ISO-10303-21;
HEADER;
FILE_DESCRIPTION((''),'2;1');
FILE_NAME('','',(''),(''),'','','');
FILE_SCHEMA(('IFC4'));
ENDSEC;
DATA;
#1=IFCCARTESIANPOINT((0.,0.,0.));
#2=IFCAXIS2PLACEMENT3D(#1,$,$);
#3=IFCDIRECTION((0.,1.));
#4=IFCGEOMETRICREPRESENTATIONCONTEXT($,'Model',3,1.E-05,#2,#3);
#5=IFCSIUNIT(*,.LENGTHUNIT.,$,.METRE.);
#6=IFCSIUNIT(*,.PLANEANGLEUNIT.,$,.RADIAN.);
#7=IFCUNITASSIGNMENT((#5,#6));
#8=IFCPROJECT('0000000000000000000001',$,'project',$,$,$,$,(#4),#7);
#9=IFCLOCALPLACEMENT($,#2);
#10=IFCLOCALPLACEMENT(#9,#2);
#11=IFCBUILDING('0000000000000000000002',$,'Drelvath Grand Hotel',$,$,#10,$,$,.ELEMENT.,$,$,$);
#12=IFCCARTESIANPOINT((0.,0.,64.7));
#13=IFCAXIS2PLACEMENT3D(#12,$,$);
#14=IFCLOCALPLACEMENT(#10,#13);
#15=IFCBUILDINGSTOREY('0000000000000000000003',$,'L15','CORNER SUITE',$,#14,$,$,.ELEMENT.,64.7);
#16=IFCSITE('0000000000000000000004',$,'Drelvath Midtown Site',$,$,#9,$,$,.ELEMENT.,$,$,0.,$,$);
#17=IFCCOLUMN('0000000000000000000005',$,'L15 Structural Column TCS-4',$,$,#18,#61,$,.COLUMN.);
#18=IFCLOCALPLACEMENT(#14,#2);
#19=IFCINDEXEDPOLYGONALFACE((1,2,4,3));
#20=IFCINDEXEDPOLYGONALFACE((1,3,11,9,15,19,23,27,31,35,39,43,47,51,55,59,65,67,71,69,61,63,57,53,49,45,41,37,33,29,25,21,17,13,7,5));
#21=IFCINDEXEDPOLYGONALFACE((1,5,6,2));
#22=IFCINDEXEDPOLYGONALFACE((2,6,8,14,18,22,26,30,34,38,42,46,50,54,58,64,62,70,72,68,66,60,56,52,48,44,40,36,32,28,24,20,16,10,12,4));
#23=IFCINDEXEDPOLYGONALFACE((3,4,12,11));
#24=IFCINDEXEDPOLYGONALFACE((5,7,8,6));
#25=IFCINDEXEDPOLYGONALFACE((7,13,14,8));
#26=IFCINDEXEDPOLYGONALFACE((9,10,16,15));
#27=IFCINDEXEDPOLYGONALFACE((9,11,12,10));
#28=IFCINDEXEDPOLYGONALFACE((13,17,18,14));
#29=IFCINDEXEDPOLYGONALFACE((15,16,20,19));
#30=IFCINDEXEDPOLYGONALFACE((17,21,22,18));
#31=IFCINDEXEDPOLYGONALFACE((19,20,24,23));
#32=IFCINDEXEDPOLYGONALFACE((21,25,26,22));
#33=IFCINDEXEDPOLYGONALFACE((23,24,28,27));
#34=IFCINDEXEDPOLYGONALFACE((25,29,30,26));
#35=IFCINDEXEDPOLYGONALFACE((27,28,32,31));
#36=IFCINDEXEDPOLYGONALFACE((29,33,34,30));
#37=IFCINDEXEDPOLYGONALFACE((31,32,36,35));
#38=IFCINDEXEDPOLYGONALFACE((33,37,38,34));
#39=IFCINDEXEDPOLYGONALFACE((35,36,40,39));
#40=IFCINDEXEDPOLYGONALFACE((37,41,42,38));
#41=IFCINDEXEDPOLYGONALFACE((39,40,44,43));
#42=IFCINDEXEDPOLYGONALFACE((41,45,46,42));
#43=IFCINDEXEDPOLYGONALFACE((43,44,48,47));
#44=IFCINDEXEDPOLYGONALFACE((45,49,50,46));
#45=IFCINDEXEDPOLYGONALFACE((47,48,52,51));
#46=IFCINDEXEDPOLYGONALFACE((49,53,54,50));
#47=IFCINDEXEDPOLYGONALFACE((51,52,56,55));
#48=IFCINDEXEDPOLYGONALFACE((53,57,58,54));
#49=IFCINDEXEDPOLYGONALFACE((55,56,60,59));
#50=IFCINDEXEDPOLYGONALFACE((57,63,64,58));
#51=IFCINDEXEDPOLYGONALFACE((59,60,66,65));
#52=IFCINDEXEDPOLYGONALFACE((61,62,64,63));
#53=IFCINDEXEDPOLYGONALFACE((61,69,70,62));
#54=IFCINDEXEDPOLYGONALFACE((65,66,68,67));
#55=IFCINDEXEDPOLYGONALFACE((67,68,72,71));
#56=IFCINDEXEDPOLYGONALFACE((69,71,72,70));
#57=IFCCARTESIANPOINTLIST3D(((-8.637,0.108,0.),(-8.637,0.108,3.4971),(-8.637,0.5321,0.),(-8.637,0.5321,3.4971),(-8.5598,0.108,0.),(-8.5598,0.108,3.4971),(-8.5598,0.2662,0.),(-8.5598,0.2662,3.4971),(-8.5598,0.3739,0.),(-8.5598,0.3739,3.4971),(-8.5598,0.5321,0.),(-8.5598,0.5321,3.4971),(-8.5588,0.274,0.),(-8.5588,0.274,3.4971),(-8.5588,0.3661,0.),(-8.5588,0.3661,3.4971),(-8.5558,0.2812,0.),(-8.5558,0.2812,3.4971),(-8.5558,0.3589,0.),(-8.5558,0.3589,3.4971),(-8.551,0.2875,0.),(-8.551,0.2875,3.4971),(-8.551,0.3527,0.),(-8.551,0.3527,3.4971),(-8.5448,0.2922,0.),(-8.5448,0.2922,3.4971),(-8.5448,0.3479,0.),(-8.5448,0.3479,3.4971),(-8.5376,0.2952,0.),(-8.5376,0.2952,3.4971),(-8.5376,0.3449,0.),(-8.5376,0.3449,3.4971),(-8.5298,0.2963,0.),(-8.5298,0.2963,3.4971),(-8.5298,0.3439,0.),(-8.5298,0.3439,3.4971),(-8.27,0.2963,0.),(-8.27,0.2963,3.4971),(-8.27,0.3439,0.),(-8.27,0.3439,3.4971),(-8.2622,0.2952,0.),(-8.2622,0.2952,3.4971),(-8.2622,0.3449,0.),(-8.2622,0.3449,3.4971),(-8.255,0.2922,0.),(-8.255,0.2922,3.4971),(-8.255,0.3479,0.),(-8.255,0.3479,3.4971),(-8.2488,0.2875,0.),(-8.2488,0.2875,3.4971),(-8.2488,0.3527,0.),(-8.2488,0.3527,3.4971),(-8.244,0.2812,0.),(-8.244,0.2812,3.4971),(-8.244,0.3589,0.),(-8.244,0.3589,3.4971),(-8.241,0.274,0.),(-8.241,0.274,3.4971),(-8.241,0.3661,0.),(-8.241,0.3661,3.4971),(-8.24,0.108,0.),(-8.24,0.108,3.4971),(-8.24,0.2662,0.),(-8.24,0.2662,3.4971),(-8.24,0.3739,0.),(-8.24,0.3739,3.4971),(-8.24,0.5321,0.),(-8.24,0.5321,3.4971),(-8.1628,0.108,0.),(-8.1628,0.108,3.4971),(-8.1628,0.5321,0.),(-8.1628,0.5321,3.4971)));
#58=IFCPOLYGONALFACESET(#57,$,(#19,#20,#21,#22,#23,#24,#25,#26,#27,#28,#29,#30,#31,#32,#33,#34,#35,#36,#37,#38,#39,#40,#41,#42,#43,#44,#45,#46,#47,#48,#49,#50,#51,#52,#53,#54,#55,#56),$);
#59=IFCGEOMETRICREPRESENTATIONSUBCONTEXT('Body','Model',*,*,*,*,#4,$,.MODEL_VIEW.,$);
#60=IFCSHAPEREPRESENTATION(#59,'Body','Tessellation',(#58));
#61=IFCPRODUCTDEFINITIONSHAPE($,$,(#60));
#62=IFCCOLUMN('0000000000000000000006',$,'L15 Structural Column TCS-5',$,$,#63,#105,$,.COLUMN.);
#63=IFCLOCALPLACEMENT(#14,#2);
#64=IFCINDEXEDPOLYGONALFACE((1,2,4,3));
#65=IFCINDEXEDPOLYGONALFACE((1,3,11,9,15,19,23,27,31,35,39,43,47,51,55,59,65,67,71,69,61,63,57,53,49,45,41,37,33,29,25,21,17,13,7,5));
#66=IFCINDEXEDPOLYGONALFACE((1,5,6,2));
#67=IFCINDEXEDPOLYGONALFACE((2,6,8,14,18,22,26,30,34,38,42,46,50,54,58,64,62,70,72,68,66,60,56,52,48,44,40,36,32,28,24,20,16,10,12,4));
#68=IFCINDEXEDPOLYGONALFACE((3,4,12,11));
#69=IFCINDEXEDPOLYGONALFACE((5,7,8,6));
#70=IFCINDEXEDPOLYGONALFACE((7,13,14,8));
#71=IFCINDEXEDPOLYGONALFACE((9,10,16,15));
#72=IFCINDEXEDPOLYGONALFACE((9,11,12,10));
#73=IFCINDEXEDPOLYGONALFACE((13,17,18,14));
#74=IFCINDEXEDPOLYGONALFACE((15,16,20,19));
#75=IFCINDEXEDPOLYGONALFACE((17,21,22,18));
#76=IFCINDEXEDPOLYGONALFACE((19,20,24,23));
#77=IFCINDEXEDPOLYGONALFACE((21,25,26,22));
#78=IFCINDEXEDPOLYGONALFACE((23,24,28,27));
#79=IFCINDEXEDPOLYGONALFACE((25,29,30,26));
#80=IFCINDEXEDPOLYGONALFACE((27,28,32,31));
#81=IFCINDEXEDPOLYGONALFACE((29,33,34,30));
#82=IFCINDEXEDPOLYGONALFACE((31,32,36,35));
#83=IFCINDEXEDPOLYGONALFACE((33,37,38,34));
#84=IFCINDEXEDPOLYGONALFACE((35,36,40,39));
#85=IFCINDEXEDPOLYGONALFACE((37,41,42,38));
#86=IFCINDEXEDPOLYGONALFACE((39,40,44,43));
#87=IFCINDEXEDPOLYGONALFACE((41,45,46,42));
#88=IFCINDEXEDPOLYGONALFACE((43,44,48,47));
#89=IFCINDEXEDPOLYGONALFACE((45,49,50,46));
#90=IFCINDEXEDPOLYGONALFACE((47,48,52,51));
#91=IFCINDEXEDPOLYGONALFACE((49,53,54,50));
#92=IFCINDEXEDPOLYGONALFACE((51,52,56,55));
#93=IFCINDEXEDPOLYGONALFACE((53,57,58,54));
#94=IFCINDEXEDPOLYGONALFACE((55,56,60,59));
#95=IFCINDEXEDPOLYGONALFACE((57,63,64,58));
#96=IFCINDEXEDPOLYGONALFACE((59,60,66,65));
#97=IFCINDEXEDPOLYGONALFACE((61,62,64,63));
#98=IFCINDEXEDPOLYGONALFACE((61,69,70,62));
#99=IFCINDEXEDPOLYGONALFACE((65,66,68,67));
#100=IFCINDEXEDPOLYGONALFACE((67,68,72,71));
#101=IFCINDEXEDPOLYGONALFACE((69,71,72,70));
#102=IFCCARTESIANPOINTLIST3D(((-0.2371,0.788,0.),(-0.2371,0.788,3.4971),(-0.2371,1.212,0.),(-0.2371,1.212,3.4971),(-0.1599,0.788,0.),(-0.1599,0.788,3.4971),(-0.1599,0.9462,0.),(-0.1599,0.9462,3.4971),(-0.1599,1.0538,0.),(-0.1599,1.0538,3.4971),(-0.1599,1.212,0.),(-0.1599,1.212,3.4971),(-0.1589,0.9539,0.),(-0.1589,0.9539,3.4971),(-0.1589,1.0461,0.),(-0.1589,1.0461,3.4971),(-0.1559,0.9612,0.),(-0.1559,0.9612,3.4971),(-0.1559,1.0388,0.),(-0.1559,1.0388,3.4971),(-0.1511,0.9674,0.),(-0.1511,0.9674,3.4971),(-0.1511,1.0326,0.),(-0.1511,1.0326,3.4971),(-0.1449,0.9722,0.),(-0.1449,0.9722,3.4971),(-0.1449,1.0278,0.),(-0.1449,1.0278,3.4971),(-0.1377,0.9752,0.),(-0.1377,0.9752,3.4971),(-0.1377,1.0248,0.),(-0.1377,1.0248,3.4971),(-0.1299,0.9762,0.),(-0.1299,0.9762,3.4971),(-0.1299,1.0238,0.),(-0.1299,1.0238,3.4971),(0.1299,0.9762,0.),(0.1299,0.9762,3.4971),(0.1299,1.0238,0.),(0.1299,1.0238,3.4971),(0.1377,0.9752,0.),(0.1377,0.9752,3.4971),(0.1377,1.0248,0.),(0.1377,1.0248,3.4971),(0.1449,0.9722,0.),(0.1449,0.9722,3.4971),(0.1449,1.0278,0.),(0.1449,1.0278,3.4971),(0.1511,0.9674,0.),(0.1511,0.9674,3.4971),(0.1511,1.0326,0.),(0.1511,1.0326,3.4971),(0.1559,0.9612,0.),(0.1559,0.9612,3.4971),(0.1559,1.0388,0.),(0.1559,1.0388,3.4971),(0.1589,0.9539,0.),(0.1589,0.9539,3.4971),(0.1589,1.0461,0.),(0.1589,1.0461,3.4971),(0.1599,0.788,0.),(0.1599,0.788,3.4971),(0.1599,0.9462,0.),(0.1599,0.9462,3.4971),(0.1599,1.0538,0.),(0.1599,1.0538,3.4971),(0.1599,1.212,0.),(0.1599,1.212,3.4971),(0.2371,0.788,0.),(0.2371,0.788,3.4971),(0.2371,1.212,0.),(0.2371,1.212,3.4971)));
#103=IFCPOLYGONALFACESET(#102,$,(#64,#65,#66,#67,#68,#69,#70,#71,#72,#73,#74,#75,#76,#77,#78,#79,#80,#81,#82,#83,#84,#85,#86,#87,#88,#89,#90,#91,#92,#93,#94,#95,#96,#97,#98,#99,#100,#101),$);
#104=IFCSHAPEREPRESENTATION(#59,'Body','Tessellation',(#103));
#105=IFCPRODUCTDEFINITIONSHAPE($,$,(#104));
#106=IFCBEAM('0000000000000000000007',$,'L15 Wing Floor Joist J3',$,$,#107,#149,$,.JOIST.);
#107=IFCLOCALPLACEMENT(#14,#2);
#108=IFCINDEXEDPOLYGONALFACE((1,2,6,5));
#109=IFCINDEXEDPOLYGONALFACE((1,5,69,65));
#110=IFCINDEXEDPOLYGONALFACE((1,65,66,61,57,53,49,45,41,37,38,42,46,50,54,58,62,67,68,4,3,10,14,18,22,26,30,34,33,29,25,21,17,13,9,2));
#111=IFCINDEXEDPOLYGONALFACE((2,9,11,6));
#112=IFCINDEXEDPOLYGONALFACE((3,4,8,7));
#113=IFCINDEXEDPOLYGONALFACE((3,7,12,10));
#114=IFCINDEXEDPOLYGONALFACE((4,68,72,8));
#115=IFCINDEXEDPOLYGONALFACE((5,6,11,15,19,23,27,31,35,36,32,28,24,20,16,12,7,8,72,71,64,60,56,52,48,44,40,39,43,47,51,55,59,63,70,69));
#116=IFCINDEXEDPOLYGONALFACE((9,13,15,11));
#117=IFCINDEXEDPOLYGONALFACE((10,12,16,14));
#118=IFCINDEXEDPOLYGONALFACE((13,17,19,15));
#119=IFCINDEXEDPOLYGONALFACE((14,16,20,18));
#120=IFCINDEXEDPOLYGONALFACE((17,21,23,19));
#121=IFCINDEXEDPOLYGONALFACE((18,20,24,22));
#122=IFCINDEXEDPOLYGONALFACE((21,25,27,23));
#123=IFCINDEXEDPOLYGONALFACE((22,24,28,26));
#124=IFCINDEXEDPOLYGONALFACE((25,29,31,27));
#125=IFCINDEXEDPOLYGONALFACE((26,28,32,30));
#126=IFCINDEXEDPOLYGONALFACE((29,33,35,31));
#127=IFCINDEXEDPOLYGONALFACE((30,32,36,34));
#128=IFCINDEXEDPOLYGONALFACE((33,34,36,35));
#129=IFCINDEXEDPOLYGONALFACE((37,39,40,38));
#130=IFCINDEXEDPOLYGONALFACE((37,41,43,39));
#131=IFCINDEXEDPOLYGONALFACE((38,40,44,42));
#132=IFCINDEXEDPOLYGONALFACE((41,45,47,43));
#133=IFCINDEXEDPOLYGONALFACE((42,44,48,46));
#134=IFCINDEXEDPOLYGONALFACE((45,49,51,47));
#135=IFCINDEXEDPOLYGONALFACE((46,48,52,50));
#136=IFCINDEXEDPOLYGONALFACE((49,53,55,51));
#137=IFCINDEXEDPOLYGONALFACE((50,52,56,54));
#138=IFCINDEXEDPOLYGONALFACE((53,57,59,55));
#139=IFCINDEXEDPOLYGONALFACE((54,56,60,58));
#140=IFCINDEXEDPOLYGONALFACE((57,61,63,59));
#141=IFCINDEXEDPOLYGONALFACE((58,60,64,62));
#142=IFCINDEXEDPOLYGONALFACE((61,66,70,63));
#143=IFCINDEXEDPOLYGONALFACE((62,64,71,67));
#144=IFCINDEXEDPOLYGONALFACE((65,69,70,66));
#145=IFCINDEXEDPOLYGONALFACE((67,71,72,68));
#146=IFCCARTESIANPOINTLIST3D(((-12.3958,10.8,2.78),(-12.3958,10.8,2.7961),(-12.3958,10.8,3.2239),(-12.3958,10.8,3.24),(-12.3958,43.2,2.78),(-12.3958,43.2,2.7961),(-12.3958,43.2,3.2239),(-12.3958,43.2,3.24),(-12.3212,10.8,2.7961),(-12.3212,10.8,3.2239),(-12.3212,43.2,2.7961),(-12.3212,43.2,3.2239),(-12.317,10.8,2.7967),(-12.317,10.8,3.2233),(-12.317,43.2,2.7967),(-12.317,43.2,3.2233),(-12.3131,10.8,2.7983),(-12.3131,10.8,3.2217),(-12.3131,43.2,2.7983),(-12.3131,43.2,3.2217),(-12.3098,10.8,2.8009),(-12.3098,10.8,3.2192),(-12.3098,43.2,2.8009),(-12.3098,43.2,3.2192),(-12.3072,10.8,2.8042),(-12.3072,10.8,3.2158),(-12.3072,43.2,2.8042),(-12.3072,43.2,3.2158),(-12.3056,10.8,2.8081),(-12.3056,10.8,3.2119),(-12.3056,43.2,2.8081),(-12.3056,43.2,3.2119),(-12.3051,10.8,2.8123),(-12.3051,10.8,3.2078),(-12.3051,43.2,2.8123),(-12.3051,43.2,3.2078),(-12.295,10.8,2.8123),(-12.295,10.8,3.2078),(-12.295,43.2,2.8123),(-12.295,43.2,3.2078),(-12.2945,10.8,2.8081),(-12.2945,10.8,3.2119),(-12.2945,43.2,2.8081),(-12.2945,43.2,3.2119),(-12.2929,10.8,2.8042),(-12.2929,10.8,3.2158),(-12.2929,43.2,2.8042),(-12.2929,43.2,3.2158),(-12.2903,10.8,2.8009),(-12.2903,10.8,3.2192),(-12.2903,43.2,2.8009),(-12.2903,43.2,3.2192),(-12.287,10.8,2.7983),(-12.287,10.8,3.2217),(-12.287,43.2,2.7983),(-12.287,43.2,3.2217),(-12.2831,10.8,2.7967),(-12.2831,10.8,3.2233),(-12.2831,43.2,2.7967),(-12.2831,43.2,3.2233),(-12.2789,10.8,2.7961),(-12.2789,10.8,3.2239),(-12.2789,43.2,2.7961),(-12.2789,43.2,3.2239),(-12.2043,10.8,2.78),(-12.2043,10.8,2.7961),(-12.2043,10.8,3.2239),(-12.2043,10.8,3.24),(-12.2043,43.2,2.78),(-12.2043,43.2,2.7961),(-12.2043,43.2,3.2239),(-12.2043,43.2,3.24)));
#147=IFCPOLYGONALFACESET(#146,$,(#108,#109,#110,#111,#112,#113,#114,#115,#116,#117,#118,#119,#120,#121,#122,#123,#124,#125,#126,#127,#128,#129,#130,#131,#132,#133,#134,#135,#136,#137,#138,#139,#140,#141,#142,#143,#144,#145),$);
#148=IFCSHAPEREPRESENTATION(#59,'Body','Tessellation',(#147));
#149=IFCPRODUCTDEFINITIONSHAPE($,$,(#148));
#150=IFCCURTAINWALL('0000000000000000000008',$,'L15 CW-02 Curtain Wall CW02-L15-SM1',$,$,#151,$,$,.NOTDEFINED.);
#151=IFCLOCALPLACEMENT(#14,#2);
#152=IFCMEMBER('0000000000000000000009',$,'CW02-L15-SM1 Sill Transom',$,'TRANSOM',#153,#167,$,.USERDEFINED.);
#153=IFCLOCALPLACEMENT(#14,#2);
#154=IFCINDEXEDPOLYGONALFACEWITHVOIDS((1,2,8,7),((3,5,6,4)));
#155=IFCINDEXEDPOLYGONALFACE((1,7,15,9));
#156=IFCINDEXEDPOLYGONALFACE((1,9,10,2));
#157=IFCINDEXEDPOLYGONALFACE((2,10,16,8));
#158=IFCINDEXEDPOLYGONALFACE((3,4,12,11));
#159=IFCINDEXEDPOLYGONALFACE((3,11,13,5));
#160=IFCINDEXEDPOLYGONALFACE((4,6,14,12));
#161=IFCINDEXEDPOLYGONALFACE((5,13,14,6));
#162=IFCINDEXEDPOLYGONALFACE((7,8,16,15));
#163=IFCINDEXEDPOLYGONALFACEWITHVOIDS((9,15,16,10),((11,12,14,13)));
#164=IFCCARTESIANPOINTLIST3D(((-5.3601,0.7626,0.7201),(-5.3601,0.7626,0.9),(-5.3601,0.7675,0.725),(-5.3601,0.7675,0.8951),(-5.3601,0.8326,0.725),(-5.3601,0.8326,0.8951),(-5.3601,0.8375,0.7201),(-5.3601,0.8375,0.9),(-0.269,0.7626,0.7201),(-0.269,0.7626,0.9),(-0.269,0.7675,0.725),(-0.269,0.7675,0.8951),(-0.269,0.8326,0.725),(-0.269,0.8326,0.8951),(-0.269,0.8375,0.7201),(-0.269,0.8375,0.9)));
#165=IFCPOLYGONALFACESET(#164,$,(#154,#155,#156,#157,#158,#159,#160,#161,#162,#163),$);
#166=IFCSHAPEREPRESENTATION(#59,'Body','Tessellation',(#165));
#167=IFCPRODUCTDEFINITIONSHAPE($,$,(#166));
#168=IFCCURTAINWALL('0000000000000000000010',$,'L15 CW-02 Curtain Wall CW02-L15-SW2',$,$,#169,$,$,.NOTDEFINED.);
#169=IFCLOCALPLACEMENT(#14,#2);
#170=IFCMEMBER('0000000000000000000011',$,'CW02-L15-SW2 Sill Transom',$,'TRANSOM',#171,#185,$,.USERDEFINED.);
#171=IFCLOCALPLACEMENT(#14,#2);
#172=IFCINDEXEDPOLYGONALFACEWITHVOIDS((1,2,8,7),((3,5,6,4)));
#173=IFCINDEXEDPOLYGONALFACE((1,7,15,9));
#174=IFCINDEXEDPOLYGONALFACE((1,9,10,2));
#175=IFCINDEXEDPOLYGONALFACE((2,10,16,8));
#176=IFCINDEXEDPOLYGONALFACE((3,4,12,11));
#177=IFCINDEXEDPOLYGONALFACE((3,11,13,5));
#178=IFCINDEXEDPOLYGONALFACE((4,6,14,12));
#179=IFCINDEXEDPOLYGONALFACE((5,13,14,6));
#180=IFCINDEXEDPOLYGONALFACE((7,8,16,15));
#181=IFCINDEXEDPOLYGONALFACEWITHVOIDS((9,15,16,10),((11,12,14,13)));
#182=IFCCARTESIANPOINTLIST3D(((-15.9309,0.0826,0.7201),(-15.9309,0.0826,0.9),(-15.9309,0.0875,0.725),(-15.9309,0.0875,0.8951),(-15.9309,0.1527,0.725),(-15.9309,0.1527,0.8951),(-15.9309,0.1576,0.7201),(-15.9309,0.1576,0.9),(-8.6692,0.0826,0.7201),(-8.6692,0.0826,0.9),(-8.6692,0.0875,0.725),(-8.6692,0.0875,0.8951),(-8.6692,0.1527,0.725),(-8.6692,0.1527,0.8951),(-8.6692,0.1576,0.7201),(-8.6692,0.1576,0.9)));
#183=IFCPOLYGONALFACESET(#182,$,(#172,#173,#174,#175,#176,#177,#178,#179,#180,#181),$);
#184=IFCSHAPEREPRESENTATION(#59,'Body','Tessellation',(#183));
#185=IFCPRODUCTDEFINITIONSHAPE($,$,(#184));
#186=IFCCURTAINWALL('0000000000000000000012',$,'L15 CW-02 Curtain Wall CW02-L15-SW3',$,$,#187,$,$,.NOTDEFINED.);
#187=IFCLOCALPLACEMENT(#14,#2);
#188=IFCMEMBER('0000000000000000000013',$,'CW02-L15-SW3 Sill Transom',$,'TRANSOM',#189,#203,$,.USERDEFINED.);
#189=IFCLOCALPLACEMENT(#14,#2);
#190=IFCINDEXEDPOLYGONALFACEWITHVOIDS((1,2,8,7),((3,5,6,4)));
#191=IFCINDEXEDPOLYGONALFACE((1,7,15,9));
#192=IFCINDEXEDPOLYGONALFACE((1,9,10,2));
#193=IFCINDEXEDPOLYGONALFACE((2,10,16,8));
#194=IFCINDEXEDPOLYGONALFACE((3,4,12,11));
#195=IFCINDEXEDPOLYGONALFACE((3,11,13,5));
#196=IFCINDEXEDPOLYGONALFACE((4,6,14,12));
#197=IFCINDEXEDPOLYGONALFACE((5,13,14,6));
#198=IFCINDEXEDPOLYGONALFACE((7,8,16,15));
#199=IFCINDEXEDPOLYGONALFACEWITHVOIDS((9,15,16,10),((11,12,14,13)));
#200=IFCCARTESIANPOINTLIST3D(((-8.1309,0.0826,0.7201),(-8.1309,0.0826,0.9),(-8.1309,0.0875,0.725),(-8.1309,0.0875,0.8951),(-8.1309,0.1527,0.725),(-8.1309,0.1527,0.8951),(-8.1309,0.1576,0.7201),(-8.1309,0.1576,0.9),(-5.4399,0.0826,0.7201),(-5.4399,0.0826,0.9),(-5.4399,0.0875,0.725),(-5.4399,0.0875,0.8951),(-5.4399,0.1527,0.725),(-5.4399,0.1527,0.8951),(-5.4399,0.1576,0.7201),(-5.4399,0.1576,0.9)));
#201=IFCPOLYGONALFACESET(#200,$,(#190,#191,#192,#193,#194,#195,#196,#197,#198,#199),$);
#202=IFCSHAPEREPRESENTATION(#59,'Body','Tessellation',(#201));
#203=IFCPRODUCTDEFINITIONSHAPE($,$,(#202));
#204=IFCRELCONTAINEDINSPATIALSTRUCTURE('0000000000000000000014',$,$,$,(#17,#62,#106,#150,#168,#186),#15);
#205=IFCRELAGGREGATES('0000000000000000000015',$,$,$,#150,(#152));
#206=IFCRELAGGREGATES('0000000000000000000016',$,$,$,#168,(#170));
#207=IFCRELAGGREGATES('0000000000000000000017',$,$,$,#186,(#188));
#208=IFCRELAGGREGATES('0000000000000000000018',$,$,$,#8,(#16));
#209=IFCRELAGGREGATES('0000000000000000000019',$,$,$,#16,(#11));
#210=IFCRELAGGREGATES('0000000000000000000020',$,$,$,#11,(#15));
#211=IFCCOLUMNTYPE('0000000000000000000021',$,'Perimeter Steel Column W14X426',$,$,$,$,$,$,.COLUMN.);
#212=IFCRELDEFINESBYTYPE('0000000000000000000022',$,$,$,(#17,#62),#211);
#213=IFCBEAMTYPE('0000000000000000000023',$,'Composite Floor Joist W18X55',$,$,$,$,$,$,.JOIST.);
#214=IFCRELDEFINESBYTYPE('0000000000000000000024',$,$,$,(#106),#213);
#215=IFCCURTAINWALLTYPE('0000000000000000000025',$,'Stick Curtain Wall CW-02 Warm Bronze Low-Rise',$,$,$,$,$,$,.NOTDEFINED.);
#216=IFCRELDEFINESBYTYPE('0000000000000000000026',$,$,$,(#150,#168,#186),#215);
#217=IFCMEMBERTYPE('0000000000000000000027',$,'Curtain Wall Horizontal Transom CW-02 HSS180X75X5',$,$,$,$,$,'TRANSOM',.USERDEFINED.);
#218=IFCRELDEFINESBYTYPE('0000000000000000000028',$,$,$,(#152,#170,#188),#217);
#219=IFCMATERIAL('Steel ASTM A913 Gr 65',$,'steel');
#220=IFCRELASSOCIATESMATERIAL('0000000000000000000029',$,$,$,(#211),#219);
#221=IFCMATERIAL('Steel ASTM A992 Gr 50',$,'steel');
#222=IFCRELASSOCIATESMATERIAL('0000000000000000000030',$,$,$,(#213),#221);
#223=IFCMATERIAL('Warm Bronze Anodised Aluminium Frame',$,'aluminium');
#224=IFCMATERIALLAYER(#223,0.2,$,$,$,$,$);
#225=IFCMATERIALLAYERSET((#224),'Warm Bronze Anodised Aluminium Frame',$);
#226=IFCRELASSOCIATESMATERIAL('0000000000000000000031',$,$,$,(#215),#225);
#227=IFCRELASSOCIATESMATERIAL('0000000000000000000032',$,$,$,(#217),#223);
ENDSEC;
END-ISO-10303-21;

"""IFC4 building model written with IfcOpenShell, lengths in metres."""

from ifc_helpers import new_model, si_unit, direction, frame, origin, origin_2d, place, context, subcontext, project, spatial, hollow_rectangle, i_section, extrude, material, layer, layer_set, material_profile, profile_set, type_object, element, aggregate, save


model = new_model("IFC4")

# Units and contexts
model_context = context("Model", 3, precision=1e-05, world=origin(), true_north=direction((0.0, 1.0)))
body_context = subcontext(model_context, "Body", "Model", "MODEL_VIEW")
ifc_project = project(units=[si_unit("LENGTHUNIT", "METRE"), si_unit("PLANEANGLEUNIT", "RADIAN")], contexts=[model_context])

# Site, building, storey
site_placement = place(None, origin())
site = spatial("IfcSite", under=ifc_project, at=site_placement, Name="Drelvath Midtown Site", CompositionType="ELEMENT", RefElevation=0.0)
building_placement = place(site_placement, origin())
building = spatial("IfcBuilding", under=site, at=building_placement, Name="Drelvath Grand Hotel", CompositionType="ELEMENT")
storey_placement = place(building_placement, frame((0.0, 0.0, 64.7)))
storey = spatial("IfcBuildingStorey", under=building, at=storey_placement, Name="L15", Description="CORNER SUITE", CompositionType="ELEMENT", Elevation=64.7)

# Columns
ifc_material_1 = material(Name="Steel ASTM A913 Gr 65", Category="steel")
ifc_material_profile_1 = material_profile(ifc_material_1, i_section(OverallWidth=0.4241, OverallDepth=0.4741, WebThickness=0.0476, FlangeThickness=0.0771, FilletRadius=0.03, at=origin_2d()), Name="W14X426")
ifc_profile_set_1 = profile_set([ifc_material_profile_1], Name="Steel ASTM A913 Gr 65")
column_type = type_object("IfcColumnType", Name="Perimeter Steel Column W14X426", PredefinedType="COLUMN", material=ifc_profile_set_1)
for number, where, z_axis, x_axis, name in (
    (1, (-8.3999, 0.3201, 0.0), (0.0, 0.0, 1.0), (0.0, 1.0, 0.0), "L15 Structural Column TCS-4"),
    (2, (0.0, 1.0, 0.0), (0.0, 0.0, 1.0), (0.0, 1.0, 0.0), "L15 Structural Column TCS-5"),
):
    element("IfcColumn", number, at=place(storey_placement, frame(where, z_axis=z_axis, x_axis=x_axis)), inside=storey, type_object=column_type, Name=name, PredefinedType="COLUMN", context=body_context, shape_type="SweptSolid", body=[
        extrude(i_section(OverallWidth=0.4241, OverallDepth=0.4741, WebThickness=0.0476, FlangeThickness=0.0771, FilletRadius=0.03, at=origin_2d()), origin(), (0.0, 0.0, 1.0), 3.4971),
    ])

# Beam
ifc_material_2 = material(Name="Steel ASTM A992 Gr 50", Category="steel")
ifc_material_profile_2 = material_profile(ifc_material_2, i_section(OverallWidth=0.1914, OverallDepth=0.46, WebThickness=0.01, FlangeThickness=0.0161, FilletRadius=0.0161, at=origin_2d()), Name="W18X55")
ifc_profile_set_2 = profile_set([ifc_material_profile_2], Name="Steel ASTM A992 Gr 50")
beam_type_1 = type_object("IfcBeamType", Name="Composite Floor Joist W18X55", PredefinedType="JOIST", material=ifc_profile_set_2)
beam_1_placement = place(storey_placement, frame((-12.3, 10.8, 3.01), z_axis=(0.0, 1.0, 0.0), x_axis=(-1.0, 0.0, 0.0)))
element("IfcBeam", 3, at=beam_1_placement, inside=storey, type_object=beam_type_1, Name="L15 Wing Floor Joist J3", PredefinedType="JOIST", context=body_context, shape_type="SweptSolid", body=[
    extrude(i_section(OverallWidth=0.1914, OverallDepth=0.46, WebThickness=0.01, FlangeThickness=0.0161, FilletRadius=0.0161, at=origin_2d()), origin(), (0.0, 0.0, 1.0), 32.3999),
])

# Curtain walls, members
ifc_material_3 = material(Name="Warm Bronze Anodised Aluminium Frame", Category="aluminium")
ifc_layer_1 = layer(ifc_material_3, 0.2)
ifc_layer_set_1 = layer_set([ifc_layer_1], Name="Warm Bronze Anodised Aluminium Frame")
curtain_wall_type = type_object("IfcCurtainWallType", Name="Stick Curtain Wall CW-02 Warm Bronze Low-Rise", PredefinedType="NOTDEFINED", material=ifc_layer_set_1)
curtain_wall_1_placement = place(storey_placement, origin())
curtain_wall_1 = element("IfcCurtainWall", 4, at=curtain_wall_1_placement, inside=storey, type_object=curtain_wall_type, Name="L15 CW-02 Curtain Wall CW02-L15-SM1", PredefinedType="NOTDEFINED")
ifc_material_profile_3 = material_profile(ifc_material_3, hollow_rectangle(XDim=0.075, YDim=0.1799, WallThickness=0.0049, at=origin_2d()), Name="HSS180X75X5")
ifc_profile_set_3 = profile_set([ifc_material_profile_3], Name="Warm Bronze Anodised Aluminium Frame")
member_type_1 = type_object("IfcMemberType", Name="Curtain Wall Horizontal Transom CW-02 HSS180X75X5", ElementType="TRANSOM", PredefinedType="USERDEFINED", material=ifc_profile_set_3)
member_1_placement = place(storey_placement, frame((-0.269, 0.8, 0.8101), z_axis=(-1.0, 0.0, 0.0), x_axis=(0.0, -1.0, 0.0)))
member_1 = element("IfcMember", 5, at=member_1_placement, type_object=member_type_1, Name="CW02-L15-SM1 Sill Transom", ObjectType="TRANSOM", PredefinedType="USERDEFINED", context=body_context, shape_type="SweptSolid", body=[
    extrude(hollow_rectangle(XDim=0.075, YDim=0.1799, WallThickness=0.0049, at=origin_2d()), origin(), (0.0, 0.0, 1.0), 5.0911),
])
curtain_wall_2_placement = place(storey_placement, origin())
curtain_wall_2 = element("IfcCurtainWall", 6, at=curtain_wall_2_placement, inside=storey, type_object=curtain_wall_type, Name="L15 CW-02 Curtain Wall CW02-L15-SW2", PredefinedType="NOTDEFINED")
member_2_placement = place(storey_placement, frame((-8.6692, 0.1201, 0.8101), z_axis=(-1.0, 0.0, 0.0), x_axis=(0.0, -1.0, 0.0)))
member_2 = element("IfcMember", 7, at=member_2_placement, type_object=member_type_1, Name="CW02-L15-SW2 Sill Transom", ObjectType="TRANSOM", PredefinedType="USERDEFINED", context=body_context, shape_type="SweptSolid", body=[
    extrude(hollow_rectangle(XDim=0.075, YDim=0.1799, WallThickness=0.0049, at=origin_2d()), origin(), (0.0, 0.0, 1.0), 7.2617),
])
curtain_wall_3_placement = place(storey_placement, origin())
curtain_wall_3 = element("IfcCurtainWall", 8, at=curtain_wall_3_placement, inside=storey, type_object=curtain_wall_type, Name="L15 CW-02 Curtain Wall CW02-L15-SW3", PredefinedType="NOTDEFINED")
member_3_placement = place(storey_placement, frame((-5.4399, 0.1201, 0.8101), z_axis=(-1.0, 0.0, 0.0), x_axis=(0.0, -1.0, 0.0)))
member_3 = element("IfcMember", 9, at=member_3_placement, type_object=member_type_1, Name="CW02-L15-SW3 Sill Transom", ObjectType="TRANSOM", PredefinedType="USERDEFINED", context=body_context, shape_type="SweptSolid", body=[
    extrude(hollow_rectangle(XDim=0.075, YDim=0.1799, WallThickness=0.0049, at=origin_2d()), origin(), (0.0, 0.0, 1.0), 2.6909),
])

aggregate(curtain_wall_1, [member_1])
aggregate(curtain_wall_2, [member_2])
aggregate(curtain_wall_3, [member_3])

save(model, "model.ifc")
